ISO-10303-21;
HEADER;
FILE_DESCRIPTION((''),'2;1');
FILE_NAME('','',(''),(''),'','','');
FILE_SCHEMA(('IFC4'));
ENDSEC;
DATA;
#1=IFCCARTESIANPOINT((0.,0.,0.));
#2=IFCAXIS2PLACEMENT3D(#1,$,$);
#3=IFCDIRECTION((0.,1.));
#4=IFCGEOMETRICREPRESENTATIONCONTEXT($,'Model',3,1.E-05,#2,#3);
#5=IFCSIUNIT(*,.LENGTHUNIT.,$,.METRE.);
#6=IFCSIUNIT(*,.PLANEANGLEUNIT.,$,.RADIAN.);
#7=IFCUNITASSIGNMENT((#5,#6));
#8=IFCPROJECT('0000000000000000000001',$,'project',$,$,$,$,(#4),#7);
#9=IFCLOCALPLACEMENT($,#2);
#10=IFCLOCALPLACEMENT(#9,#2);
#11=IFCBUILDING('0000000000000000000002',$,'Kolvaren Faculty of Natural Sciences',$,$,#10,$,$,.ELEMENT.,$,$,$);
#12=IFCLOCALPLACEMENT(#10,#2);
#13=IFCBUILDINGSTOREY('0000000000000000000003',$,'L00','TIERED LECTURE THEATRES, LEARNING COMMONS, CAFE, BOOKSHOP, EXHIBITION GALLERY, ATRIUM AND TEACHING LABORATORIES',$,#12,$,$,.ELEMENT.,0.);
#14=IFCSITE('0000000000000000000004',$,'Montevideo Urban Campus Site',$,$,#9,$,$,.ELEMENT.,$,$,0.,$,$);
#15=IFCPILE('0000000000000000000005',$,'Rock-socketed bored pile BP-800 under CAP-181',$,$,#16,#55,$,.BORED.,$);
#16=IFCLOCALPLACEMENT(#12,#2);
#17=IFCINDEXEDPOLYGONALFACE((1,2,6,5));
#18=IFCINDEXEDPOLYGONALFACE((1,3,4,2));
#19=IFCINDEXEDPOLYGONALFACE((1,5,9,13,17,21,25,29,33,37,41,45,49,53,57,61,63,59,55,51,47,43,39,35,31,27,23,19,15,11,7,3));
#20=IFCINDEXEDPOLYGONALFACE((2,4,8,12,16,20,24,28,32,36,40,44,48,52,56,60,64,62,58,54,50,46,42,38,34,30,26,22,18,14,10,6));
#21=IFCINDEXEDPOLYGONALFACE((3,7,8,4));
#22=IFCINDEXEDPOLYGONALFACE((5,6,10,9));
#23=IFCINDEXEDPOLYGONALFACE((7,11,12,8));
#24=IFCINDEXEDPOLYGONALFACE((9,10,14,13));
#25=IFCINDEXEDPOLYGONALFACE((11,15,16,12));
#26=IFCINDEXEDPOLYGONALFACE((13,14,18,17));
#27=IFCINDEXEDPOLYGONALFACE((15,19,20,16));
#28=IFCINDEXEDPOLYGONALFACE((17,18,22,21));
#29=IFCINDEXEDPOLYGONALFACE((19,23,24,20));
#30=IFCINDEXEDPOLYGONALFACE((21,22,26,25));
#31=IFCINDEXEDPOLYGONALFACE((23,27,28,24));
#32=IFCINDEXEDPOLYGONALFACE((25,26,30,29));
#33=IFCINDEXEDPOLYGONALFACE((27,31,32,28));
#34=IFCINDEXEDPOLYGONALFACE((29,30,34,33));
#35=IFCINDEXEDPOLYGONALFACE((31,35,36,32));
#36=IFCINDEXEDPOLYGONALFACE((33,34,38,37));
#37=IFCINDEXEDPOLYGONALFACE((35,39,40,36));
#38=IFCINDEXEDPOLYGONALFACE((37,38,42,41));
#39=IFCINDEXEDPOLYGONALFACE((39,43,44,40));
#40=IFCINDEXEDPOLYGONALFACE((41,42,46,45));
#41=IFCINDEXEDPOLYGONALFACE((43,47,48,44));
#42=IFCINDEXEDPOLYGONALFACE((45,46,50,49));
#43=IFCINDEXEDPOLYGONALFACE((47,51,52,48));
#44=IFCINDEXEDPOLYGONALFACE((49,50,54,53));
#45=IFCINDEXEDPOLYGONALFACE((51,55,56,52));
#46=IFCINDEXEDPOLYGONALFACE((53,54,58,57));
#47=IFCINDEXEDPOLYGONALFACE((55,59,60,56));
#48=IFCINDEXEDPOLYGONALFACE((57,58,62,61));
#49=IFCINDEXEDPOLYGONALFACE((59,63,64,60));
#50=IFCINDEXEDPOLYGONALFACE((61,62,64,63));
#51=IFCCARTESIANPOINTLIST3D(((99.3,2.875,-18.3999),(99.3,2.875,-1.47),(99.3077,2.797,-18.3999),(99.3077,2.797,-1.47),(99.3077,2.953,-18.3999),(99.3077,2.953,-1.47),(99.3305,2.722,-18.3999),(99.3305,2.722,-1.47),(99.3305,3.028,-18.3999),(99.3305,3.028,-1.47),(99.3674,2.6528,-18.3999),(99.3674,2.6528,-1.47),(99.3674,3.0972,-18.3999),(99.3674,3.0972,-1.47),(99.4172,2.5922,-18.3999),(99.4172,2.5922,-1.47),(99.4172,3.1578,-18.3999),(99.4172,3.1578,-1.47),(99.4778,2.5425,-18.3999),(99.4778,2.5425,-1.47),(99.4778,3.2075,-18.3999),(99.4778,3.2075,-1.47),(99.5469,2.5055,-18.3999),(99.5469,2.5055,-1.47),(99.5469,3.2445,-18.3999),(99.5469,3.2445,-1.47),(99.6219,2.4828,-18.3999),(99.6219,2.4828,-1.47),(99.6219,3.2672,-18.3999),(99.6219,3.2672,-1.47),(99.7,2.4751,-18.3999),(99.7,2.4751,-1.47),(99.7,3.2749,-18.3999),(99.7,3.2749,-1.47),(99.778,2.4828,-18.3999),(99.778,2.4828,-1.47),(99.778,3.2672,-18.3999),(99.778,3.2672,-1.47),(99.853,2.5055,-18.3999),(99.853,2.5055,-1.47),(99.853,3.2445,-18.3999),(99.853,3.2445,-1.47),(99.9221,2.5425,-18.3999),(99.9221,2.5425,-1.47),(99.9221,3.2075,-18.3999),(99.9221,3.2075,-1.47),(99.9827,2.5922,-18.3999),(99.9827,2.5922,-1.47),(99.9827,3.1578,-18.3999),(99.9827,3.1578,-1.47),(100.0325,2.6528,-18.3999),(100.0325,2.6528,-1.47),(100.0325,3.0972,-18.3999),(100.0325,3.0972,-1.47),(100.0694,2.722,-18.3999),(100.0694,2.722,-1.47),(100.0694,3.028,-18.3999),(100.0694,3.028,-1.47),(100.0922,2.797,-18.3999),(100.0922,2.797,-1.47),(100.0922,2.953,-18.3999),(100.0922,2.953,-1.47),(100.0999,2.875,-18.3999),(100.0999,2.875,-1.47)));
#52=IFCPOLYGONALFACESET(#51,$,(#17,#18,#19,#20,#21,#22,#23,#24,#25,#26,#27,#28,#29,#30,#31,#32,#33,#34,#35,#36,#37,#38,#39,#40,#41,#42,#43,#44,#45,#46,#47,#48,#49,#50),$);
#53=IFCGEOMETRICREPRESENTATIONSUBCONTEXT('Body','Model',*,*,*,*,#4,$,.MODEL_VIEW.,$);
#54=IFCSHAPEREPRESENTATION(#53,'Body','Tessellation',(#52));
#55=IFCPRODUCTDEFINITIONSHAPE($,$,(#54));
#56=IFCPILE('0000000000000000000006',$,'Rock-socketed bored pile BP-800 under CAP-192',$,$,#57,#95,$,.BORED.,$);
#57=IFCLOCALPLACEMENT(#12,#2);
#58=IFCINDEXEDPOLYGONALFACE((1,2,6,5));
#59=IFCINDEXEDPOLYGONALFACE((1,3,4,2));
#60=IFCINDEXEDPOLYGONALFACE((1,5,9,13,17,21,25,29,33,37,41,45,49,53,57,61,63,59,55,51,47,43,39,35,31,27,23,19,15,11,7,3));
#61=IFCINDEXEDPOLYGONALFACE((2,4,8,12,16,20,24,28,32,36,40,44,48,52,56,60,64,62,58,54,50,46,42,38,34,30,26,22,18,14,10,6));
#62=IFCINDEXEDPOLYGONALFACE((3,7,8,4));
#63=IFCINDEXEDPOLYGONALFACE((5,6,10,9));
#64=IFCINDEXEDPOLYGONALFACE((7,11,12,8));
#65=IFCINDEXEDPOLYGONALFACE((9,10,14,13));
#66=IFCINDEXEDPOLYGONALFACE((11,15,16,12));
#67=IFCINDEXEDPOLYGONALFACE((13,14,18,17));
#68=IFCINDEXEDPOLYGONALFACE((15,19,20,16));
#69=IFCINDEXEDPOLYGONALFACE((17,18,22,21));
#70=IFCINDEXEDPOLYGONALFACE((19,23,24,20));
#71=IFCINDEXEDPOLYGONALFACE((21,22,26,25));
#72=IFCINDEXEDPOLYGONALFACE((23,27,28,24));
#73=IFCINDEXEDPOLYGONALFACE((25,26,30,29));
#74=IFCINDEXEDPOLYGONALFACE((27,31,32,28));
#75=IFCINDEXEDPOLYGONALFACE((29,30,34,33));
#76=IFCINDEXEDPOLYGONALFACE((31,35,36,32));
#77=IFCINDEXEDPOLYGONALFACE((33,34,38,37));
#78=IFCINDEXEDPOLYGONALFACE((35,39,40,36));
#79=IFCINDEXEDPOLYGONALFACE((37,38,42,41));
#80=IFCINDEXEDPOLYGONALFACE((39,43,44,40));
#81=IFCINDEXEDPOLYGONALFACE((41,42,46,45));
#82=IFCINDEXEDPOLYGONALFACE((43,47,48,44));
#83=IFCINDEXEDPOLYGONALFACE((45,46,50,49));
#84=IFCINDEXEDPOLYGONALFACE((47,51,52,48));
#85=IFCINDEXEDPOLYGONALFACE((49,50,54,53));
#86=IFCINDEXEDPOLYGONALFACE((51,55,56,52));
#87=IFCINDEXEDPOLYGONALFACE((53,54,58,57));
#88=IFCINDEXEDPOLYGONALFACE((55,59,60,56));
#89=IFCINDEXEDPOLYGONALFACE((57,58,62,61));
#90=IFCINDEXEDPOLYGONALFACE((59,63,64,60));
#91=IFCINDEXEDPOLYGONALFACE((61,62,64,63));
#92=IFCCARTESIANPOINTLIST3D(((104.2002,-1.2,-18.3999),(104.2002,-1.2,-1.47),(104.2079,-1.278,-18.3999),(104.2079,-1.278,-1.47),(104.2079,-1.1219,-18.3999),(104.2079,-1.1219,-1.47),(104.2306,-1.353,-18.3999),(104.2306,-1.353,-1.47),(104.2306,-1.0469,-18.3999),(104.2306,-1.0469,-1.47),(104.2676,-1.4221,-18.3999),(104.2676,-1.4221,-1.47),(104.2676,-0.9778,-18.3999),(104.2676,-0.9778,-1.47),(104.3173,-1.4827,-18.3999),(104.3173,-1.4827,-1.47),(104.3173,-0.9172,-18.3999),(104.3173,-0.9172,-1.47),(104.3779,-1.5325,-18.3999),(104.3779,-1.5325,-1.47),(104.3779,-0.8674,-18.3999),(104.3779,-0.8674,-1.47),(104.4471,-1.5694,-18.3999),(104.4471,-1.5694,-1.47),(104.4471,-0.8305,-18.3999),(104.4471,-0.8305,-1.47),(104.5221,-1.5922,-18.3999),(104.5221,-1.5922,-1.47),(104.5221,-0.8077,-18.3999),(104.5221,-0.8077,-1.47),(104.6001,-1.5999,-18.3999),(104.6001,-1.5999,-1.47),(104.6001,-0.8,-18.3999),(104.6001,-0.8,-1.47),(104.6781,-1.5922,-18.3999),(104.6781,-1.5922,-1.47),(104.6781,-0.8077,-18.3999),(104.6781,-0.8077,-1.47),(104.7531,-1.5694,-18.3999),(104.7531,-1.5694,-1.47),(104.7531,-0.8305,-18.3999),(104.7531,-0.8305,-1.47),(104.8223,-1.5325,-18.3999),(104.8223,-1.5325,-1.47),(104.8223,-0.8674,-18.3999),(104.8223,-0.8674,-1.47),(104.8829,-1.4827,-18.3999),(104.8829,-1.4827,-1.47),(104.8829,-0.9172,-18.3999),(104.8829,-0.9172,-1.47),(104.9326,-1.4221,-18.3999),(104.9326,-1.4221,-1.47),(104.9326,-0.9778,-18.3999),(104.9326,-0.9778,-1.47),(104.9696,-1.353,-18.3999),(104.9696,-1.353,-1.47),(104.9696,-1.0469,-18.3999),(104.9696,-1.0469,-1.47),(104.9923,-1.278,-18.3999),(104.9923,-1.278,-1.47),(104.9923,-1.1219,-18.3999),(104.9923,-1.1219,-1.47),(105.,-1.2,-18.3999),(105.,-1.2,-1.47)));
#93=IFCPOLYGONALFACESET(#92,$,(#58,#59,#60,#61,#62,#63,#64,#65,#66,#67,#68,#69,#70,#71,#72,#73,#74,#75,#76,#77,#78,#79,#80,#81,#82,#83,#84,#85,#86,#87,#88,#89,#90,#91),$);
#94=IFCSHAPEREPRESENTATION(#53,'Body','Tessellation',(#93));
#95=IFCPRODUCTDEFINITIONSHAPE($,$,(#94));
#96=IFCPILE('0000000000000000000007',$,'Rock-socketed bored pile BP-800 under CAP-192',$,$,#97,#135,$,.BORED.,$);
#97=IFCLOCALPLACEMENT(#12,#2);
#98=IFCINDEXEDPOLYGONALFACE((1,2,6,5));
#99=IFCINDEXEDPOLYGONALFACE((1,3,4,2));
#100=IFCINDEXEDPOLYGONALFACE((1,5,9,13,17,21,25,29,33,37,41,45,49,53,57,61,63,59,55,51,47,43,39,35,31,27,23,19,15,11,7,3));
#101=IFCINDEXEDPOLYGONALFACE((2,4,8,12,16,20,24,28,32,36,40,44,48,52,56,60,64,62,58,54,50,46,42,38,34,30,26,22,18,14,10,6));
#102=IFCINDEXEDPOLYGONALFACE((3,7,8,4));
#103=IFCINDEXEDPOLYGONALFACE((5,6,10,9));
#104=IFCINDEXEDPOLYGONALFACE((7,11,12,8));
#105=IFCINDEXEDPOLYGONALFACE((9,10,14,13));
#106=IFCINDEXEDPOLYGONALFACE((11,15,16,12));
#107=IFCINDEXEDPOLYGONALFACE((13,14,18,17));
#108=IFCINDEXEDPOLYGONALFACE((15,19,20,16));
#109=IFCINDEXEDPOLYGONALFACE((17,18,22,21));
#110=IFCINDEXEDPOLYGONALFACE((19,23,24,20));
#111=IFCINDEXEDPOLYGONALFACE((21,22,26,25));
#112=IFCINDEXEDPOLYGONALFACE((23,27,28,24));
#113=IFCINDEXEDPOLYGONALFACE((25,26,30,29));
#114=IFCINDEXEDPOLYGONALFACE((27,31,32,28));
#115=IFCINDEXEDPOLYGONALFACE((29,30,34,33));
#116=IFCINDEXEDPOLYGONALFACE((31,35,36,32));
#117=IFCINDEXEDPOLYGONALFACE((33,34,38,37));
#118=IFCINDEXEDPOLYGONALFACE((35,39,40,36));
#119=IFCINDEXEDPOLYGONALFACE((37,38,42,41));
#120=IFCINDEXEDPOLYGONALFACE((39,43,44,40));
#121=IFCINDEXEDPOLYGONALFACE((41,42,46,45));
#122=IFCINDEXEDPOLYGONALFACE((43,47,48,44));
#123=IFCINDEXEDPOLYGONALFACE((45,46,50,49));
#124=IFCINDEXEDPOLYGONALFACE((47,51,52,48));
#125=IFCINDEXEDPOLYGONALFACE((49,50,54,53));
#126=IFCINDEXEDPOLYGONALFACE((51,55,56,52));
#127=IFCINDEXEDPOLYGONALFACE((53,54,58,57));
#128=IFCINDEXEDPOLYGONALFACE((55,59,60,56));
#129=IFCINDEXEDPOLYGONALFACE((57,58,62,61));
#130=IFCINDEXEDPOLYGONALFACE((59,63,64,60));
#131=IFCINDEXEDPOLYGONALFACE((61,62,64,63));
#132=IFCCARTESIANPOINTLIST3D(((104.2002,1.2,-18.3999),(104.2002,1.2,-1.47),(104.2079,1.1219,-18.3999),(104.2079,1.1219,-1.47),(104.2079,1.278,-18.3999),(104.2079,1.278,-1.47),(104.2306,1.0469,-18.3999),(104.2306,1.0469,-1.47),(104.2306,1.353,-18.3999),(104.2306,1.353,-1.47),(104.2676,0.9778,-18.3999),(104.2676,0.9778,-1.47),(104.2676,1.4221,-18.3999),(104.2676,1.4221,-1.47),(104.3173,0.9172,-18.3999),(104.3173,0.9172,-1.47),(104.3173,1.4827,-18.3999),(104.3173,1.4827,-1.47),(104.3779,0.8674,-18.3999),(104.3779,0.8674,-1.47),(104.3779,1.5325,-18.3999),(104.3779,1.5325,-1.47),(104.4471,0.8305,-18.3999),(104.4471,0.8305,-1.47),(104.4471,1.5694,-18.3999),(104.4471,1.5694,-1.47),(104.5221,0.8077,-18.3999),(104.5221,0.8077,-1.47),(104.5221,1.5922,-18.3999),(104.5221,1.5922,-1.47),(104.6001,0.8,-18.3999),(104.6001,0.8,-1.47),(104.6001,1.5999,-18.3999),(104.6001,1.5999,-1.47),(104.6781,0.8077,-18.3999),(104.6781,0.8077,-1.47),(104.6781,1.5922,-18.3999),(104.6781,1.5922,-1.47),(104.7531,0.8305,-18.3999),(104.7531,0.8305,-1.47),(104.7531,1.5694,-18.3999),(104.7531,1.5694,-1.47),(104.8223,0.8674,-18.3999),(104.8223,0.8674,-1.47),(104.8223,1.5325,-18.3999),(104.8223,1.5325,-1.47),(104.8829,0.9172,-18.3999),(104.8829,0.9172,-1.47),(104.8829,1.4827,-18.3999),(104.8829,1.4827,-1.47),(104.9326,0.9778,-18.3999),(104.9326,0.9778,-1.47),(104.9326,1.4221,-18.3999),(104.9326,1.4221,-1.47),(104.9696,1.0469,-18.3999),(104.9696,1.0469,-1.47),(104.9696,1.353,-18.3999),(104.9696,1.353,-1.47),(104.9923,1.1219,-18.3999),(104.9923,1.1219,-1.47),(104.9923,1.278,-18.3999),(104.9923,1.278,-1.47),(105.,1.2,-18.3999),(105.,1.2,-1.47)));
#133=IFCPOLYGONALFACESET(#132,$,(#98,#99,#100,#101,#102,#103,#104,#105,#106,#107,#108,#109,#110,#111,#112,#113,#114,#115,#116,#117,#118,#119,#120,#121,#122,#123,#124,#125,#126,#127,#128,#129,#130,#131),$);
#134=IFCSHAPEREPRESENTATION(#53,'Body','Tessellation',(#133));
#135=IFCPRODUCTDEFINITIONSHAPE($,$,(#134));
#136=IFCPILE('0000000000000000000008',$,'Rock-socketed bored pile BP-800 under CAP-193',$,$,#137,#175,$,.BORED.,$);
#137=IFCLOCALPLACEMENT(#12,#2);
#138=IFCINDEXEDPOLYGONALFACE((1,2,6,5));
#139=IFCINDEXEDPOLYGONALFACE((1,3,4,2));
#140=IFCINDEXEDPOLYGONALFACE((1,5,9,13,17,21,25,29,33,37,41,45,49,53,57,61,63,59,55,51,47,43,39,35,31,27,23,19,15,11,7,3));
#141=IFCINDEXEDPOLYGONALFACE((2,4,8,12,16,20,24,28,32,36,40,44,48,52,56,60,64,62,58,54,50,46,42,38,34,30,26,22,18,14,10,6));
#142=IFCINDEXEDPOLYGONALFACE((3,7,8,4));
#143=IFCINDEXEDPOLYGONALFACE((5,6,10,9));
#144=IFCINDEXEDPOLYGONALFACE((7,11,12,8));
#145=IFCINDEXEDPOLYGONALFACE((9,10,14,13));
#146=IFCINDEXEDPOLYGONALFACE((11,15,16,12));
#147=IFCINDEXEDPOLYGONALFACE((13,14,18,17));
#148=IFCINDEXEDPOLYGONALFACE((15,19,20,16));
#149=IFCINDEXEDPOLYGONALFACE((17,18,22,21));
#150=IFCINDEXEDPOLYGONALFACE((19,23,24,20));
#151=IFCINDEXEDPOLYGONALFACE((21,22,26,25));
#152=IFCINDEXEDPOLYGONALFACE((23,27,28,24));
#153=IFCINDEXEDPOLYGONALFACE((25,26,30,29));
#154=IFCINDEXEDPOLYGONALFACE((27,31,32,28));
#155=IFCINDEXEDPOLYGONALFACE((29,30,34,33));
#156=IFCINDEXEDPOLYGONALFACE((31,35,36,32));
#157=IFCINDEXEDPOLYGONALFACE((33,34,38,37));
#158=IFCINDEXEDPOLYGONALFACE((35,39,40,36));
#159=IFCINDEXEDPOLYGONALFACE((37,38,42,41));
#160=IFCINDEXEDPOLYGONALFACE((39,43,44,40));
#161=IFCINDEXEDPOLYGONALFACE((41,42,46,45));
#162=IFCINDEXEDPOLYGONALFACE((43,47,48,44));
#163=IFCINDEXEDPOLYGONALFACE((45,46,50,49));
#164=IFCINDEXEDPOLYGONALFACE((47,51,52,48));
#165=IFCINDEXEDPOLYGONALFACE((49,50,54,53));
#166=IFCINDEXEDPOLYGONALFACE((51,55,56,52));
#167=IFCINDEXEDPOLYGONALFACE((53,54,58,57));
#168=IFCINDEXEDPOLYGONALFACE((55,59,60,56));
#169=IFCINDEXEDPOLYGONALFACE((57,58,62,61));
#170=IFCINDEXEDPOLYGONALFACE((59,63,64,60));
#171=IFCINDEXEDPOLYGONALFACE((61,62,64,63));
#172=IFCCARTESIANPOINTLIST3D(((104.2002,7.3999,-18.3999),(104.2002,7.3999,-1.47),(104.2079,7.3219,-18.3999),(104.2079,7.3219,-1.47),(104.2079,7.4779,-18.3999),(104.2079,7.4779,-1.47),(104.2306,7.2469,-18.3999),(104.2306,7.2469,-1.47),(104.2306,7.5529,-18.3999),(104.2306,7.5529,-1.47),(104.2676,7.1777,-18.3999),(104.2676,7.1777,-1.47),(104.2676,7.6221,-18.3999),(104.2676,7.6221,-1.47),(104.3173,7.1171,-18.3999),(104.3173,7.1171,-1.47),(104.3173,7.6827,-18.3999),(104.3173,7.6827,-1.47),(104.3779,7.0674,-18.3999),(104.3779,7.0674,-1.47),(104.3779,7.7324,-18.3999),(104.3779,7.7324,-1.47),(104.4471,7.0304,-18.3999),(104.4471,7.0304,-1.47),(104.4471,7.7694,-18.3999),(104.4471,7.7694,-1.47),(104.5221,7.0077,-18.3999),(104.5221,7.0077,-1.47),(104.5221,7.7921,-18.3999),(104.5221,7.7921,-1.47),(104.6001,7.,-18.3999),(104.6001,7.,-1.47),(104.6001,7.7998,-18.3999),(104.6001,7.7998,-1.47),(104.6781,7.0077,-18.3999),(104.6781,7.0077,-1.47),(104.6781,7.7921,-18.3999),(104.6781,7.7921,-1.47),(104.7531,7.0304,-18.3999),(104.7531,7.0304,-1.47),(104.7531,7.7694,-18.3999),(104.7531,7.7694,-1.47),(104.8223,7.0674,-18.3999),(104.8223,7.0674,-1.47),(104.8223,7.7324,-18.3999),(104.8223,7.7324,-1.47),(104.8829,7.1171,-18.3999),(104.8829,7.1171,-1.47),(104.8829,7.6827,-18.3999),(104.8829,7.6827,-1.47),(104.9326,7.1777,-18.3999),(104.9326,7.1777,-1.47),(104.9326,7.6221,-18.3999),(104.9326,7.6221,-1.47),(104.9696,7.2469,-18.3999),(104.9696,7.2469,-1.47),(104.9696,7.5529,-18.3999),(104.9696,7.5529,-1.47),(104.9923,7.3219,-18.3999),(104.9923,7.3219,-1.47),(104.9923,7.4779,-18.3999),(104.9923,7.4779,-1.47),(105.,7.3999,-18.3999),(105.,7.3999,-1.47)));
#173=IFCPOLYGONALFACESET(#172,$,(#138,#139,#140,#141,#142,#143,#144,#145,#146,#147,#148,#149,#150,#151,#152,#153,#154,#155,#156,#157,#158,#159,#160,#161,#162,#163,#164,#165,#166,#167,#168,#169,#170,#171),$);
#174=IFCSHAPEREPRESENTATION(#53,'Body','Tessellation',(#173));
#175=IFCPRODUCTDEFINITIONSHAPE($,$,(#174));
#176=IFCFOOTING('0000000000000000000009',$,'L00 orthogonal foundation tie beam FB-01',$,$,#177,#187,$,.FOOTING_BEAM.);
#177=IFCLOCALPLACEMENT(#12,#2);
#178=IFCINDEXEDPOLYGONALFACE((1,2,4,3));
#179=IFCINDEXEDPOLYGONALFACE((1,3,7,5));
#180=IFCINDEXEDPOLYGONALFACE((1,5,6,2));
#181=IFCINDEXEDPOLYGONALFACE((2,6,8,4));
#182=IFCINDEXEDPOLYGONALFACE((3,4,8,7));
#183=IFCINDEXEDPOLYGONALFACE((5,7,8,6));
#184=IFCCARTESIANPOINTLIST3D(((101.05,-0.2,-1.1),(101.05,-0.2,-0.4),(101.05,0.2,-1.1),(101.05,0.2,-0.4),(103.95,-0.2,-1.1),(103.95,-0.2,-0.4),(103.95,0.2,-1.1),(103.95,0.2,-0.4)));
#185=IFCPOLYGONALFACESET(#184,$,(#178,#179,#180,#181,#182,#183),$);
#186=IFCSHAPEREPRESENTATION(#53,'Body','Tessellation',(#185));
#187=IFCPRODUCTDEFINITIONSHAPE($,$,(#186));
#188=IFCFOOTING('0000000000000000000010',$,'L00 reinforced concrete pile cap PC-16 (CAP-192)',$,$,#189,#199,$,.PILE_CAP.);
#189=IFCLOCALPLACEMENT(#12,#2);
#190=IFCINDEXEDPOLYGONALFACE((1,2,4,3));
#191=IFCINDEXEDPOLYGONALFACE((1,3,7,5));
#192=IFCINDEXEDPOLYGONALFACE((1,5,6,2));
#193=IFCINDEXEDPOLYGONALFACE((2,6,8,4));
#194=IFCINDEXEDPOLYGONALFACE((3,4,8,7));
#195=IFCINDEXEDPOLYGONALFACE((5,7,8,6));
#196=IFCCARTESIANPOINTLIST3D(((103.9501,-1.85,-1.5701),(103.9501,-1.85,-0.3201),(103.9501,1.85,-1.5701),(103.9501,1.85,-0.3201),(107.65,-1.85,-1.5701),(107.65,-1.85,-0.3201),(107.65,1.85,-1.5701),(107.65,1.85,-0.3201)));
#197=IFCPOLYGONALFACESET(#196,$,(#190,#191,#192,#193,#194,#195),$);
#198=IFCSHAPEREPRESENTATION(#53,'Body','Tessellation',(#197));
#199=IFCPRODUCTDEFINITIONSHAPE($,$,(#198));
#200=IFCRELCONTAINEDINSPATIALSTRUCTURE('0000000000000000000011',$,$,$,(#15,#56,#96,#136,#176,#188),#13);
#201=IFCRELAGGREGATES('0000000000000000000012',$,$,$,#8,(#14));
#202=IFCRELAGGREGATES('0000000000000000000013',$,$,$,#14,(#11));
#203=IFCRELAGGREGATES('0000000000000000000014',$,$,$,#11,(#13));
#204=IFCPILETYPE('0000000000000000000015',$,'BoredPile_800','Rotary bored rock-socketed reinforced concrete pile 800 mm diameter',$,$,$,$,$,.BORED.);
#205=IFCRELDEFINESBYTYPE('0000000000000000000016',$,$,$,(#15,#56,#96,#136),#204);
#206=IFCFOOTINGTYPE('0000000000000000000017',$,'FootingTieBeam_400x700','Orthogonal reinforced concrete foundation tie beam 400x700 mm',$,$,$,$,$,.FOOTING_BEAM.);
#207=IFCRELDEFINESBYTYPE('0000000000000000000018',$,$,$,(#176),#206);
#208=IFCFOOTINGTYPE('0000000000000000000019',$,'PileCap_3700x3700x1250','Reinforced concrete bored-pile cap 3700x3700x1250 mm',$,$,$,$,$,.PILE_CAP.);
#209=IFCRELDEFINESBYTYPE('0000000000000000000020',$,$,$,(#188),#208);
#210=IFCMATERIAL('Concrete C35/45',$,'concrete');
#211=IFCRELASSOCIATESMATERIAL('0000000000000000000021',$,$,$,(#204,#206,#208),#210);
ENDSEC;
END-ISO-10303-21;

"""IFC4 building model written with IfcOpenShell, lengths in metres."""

from ifc_helpers import new_model, si_unit, direction, frame, origin, origin_2d, place, context, subcontext, project, spatial, rectangle, circle, extrude, material, material_profile, profile_set, type_object, element, save


model = new_model("IFC4")

# Units and contexts
model_context = context("Model", 3, precision=1e-05, world=origin(), true_north=direction((0.0, 1.0)))
body_context = subcontext(model_context, "Body", "Model", "MODEL_VIEW")
ifc_project = project(units=[si_unit("LENGTHUNIT", "METRE"), si_unit("PLANEANGLEUNIT", "RADIAN")], contexts=[model_context])

# Site, building, storey
site_placement = place(None, origin())
site = spatial("IfcSite", under=ifc_project, at=site_placement, Name="Montevideo Urban Campus Site", CompositionType="ELEMENT", RefElevation=0.0)
building_placement = place(site_placement, origin())
building = spatial("IfcBuilding", under=site, at=building_placement, Name="Kolvaren Faculty of Natural Sciences", CompositionType="ELEMENT")
storey_placement = place(building_placement, origin())
storey = spatial("IfcBuildingStorey", under=building, at=storey_placement, Name="L00", Description="TIERED LECTURE THEATRES, LEARNING COMMONS, CAFE, BOOKSHOP, EXHIBITION GALLERY, ATRIUM AND TEACHING LABORATORIES", CompositionType="ELEMENT", Elevation=0.0)

# Piles
ifc_material_1 = material(Name="Concrete C35/45", Category="concrete")
ifc_material_profile_1 = material_profile(ifc_material_1, circle(Radius=0.3999, at=origin_2d()), Name="PILE D800")
ifc_profile_set_1 = profile_set([ifc_material_profile_1], Name="Concrete C35/45")
pile_type = type_object("IfcPileType", Name="BoredPile_800", Description="Rotary bored rock-socketed reinforced concrete pile 800 mm diameter", PredefinedType="BORED", material=ifc_profile_set_1)
for number, where, z_axis, x_axis, name in (
    (1, (99.7, 2.875, -1.47), (0.0, 0.0, -1.0), (1.0, 0.0, 0.0), "Rock-socketed bored pile BP-800 under CAP-181"),
    (2, (104.6001, -1.2, -1.47), (0.0, 0.0, -1.0), (1.0, 0.0, 0.0), "Rock-socketed bored pile BP-800 under CAP-192"),
    (3, (104.6001, 1.2, -1.47), (0.0, 0.0, -1.0), (1.0, 0.0, 0.0), "Rock-socketed bored pile BP-800 under CAP-192"),
    (4, (104.6001, 7.3999, -1.47), (0.0, 0.0, -1.0), (1.0, 0.0, 0.0), "Rock-socketed bored pile BP-800 under CAP-193"),
):
    element("IfcPile", number, at=place(storey_placement, frame(where, z_axis=z_axis, x_axis=x_axis)), inside=storey, type_object=pile_type, Name=name, PredefinedType="BORED", context=body_context, shape_type="SweptSolid", body=[
        extrude(circle(Radius=0.3999, at=origin_2d()), origin(), (0.0, 0.0, 1.0), 16.9299),
    ])

# Footings
ifc_material_profile_2 = material_profile(ifc_material_1, rectangle(XDim=0.3999, YDim=0.7, at=origin_2d()), Name="RC FB 400x700")
ifc_profile_set_2 = profile_set([ifc_material_profile_2], Name="Concrete C35/45")
footing_type_1 = type_object("IfcFootingType", Name="FootingTieBeam_400x700", Description="Orthogonal reinforced concrete foundation tie beam 400x700 mm", PredefinedType="FOOTING_BEAM", material=ifc_profile_set_2)
footing_1_placement = place(storey_placement, frame((101.05, 0.0, -0.75), z_axis=(1.0, 0.0, 0.0), x_axis=(0.0, 1.0, 0.0)))
element("IfcFooting", 5, at=footing_1_placement, inside=storey, type_object=footing_type_1, Name="L00 orthogonal foundation tie beam FB-01", PredefinedType="FOOTING_BEAM", context=body_context, shape_type="SweptSolid", body=[
    extrude(rectangle(XDim=0.3999, YDim=0.7, at=origin_2d()), origin(), (0.0, 0.0, 1.0), 2.8999),
])
footing_type_2 = type_object("IfcFootingType", Name="PileCap_3700x3700x1250", Description="Reinforced concrete bored-pile cap 3700x3700x1250 mm", PredefinedType="PILE_CAP", material=ifc_material_1)
footing_2_placement = place(storey_placement, frame((105.8, 0.0, -1.5701), z_axis=(0.0, 0.0, 1.0), x_axis=(1.0, 0.0, 0.0)))
element("IfcFooting", 6, at=footing_2_placement, inside=storey, type_object=footing_type_2, Name="L00 reinforced concrete pile cap PC-16 (CAP-192)", PredefinedType="PILE_CAP", context=body_context, shape_type="SweptSolid", body=[
    extrude(rectangle(XDim=3.7, YDim=3.7, at=origin_2d()), origin(), (0.0, 0.0, 1.0), 1.25),
])

save(model, "model.ifc")
